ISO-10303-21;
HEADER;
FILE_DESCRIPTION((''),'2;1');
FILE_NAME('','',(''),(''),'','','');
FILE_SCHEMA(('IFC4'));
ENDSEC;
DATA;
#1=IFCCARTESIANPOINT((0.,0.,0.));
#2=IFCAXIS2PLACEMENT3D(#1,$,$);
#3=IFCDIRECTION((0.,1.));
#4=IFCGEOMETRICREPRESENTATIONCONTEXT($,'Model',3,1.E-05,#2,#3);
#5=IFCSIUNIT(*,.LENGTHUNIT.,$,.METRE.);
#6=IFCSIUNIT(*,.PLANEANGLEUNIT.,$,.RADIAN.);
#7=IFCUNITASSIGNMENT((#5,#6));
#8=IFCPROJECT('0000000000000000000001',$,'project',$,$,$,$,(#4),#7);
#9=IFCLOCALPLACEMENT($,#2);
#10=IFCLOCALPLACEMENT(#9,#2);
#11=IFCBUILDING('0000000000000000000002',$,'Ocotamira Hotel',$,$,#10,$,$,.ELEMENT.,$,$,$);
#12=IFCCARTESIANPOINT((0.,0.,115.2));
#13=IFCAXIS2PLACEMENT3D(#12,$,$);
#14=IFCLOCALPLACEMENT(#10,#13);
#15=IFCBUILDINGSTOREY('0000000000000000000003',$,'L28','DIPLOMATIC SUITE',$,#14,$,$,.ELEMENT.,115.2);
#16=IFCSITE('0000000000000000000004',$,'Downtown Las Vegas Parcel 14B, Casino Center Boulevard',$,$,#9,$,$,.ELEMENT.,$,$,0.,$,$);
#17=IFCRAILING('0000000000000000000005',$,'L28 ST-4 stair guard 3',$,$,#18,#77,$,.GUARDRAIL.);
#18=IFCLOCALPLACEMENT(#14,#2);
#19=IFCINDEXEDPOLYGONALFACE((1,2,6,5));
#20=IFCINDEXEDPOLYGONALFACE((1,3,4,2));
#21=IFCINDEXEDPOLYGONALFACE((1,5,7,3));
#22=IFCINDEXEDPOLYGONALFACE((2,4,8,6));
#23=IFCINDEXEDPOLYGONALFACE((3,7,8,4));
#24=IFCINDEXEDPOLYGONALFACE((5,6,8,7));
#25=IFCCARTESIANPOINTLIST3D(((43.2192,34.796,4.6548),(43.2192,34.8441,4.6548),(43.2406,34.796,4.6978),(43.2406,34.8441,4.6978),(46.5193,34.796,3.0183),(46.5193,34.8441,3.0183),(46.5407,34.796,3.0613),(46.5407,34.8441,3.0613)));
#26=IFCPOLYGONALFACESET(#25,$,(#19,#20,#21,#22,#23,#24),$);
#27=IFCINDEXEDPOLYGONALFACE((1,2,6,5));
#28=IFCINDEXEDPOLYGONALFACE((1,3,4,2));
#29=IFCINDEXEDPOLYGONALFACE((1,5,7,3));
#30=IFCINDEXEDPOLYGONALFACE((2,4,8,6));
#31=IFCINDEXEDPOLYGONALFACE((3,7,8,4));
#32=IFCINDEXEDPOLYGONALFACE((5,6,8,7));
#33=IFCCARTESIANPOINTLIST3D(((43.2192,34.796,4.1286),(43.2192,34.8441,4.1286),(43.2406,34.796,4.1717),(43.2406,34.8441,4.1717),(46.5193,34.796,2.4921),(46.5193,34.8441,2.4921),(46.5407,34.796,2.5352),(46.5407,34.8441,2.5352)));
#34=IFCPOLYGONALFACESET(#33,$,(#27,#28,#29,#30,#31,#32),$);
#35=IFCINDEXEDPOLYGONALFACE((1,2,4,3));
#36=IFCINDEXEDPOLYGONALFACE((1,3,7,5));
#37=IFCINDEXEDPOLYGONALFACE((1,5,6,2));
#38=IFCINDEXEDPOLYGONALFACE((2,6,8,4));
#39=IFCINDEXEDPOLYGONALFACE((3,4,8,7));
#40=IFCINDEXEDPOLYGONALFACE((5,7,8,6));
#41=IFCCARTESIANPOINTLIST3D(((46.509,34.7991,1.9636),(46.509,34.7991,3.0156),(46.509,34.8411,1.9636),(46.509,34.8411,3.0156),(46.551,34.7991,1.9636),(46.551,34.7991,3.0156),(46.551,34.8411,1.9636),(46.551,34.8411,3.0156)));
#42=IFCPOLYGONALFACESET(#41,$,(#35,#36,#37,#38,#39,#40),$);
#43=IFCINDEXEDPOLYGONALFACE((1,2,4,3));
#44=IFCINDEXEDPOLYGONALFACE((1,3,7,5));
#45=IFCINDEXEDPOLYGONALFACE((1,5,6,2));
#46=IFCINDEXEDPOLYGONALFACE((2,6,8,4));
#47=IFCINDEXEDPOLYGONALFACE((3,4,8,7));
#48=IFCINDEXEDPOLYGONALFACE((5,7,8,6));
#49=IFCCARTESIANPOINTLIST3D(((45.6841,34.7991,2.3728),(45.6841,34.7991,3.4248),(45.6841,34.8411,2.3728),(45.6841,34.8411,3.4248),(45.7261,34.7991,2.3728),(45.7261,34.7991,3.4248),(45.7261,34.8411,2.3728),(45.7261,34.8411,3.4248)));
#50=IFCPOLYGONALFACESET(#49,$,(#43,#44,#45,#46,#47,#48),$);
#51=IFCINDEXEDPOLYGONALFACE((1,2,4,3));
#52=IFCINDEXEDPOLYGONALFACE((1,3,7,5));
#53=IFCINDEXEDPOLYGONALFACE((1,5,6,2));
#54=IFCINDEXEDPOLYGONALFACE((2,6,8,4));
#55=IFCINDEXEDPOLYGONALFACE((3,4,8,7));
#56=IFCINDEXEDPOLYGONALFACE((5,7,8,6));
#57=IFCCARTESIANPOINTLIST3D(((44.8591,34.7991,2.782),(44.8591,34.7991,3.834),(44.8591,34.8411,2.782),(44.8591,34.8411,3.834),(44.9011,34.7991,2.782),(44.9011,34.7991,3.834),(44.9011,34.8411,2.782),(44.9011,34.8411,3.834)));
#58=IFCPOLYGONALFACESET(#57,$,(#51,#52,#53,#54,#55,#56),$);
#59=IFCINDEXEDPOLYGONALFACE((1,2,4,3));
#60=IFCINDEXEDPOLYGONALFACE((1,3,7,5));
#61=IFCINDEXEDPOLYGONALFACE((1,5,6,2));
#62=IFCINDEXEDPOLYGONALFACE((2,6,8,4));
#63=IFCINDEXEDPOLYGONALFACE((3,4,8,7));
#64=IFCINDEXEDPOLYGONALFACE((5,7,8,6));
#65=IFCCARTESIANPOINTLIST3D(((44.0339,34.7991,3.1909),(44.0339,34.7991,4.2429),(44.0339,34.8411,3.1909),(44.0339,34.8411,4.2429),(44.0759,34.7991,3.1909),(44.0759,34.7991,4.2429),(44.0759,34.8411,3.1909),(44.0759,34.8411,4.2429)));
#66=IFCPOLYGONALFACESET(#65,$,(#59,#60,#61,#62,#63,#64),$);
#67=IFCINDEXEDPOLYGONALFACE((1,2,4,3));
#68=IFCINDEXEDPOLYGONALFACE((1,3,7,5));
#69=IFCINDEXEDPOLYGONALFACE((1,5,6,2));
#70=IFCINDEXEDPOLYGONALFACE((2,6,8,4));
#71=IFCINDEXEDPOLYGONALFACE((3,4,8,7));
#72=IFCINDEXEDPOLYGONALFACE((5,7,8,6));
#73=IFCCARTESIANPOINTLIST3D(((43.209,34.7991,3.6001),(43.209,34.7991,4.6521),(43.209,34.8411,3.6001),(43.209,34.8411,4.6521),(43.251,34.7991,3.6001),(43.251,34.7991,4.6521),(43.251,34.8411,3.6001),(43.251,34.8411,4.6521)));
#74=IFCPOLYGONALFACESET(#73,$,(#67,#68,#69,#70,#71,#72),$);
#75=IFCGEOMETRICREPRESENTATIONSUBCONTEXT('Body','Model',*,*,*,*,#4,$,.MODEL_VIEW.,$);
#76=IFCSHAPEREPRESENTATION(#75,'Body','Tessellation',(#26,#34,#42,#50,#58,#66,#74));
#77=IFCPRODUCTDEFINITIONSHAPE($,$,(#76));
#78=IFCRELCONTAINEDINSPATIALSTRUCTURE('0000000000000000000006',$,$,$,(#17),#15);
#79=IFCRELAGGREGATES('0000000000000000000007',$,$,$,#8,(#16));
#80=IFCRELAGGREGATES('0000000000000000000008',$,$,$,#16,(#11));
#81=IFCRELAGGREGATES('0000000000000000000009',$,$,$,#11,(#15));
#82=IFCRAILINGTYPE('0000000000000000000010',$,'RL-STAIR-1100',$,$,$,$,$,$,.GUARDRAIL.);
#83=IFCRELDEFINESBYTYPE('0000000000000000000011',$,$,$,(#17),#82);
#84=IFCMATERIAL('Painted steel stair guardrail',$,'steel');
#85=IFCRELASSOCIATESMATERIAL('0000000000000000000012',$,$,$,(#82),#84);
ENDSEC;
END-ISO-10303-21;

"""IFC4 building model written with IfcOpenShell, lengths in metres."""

from ifc_helpers import new_model, si_unit, direction, frame, origin, origin_2d, place, context, subcontext, project, spatial, rectangle, extrude, material, type_object, element, save


model = new_model("IFC4")

# Units and contexts
model_context = context("Model", 3, precision=1e-05, world=origin(), true_north=direction((0.0, 1.0)))
body_context = subcontext(model_context, "Body", "Model", "MODEL_VIEW")
ifc_project = project(units=[si_unit("LENGTHUNIT", "METRE"), si_unit("PLANEANGLEUNIT", "RADIAN")], contexts=[model_context])

# Site, building, storey
site_placement = place(None, origin())
site = spatial("IfcSite", under=ifc_project, at=site_placement, Name="Downtown Las Vegas Parcel 14B, Casino Center Boulevard", CompositionType="ELEMENT", RefElevation=0.0)
building_placement = place(site_placement, origin())
building = spatial("IfcBuilding", under=site, at=building_placement, Name="Ocotamira Hotel", CompositionType="ELEMENT")
storey_placement = place(building_placement, frame((0.0, 0.0, 115.2)))
storey = spatial("IfcBuildingStorey", under=building, at=storey_placement, Name="L28", Description="DIPLOMATIC SUITE", CompositionType="ELEMENT", Elevation=115.2)

# Railing
ifc_material_1 = material(Name="Painted steel stair guardrail", Category="steel")
railing_type_1 = type_object("IfcRailingType", Name="RL-STAIR-1100", PredefinedType="GUARDRAIL", material=ifc_material_1)
railing_1_placement = place(storey_placement, frame((46.53, 34.8201, 1.9636)))
element("IfcRailing", 1, at=railing_1_placement, inside=storey, type_object=railing_type_1, Name="L28 ST-4 stair guard 3", PredefinedType="GUARDRAIL", context=body_context, shape_type="SweptSolid", body=[
    extrude(rectangle(XDim=0.0481, YDim=0.0481, at=origin_2d()), frame((0.0, 0.0, 1.0762), z_axis=(-0.895894, 0.0, 0.444268), x_axis=(0.0, -1.0, 0.0)), (0.0, 0.0, 1.0), 3.6836),
    extrude(rectangle(XDim=0.0481, YDim=0.0481, at=origin_2d()), frame((0.0, 0.0, 0.55), z_axis=(-0.895894, 0.0, 0.444268), x_axis=(0.0, -1.0, 0.0)), (0.0, 0.0, 1.0), 3.6836),
    extrude(rectangle(XDim=0.042, YDim=0.042, at=origin_2d()), origin(), (0.0, 0.0, 1.0), 1.052),
    extrude(rectangle(XDim=0.042, YDim=0.042, at=origin_2d()), frame((-0.825, 0.0, 0.4092)), (0.0, 0.0, 1.0), 1.052),
    extrude(rectangle(XDim=0.042, YDim=0.042, at=origin_2d()), frame((-1.6499, 0.0, 0.8184)), (0.0, 0.0, 1.0), 1.052),
    extrude(rectangle(XDim=0.042, YDim=0.042, at=origin_2d()), frame((-2.4751, 0.0, 1.2273)), (0.0, 0.0, 1.0), 1.052),
    extrude(rectangle(XDim=0.042, YDim=0.042, at=origin_2d()), frame((-3.3, 0.0, 1.6365)), (0.0, 0.0, 1.0), 1.052),
])

save(model, "model.ifc")
